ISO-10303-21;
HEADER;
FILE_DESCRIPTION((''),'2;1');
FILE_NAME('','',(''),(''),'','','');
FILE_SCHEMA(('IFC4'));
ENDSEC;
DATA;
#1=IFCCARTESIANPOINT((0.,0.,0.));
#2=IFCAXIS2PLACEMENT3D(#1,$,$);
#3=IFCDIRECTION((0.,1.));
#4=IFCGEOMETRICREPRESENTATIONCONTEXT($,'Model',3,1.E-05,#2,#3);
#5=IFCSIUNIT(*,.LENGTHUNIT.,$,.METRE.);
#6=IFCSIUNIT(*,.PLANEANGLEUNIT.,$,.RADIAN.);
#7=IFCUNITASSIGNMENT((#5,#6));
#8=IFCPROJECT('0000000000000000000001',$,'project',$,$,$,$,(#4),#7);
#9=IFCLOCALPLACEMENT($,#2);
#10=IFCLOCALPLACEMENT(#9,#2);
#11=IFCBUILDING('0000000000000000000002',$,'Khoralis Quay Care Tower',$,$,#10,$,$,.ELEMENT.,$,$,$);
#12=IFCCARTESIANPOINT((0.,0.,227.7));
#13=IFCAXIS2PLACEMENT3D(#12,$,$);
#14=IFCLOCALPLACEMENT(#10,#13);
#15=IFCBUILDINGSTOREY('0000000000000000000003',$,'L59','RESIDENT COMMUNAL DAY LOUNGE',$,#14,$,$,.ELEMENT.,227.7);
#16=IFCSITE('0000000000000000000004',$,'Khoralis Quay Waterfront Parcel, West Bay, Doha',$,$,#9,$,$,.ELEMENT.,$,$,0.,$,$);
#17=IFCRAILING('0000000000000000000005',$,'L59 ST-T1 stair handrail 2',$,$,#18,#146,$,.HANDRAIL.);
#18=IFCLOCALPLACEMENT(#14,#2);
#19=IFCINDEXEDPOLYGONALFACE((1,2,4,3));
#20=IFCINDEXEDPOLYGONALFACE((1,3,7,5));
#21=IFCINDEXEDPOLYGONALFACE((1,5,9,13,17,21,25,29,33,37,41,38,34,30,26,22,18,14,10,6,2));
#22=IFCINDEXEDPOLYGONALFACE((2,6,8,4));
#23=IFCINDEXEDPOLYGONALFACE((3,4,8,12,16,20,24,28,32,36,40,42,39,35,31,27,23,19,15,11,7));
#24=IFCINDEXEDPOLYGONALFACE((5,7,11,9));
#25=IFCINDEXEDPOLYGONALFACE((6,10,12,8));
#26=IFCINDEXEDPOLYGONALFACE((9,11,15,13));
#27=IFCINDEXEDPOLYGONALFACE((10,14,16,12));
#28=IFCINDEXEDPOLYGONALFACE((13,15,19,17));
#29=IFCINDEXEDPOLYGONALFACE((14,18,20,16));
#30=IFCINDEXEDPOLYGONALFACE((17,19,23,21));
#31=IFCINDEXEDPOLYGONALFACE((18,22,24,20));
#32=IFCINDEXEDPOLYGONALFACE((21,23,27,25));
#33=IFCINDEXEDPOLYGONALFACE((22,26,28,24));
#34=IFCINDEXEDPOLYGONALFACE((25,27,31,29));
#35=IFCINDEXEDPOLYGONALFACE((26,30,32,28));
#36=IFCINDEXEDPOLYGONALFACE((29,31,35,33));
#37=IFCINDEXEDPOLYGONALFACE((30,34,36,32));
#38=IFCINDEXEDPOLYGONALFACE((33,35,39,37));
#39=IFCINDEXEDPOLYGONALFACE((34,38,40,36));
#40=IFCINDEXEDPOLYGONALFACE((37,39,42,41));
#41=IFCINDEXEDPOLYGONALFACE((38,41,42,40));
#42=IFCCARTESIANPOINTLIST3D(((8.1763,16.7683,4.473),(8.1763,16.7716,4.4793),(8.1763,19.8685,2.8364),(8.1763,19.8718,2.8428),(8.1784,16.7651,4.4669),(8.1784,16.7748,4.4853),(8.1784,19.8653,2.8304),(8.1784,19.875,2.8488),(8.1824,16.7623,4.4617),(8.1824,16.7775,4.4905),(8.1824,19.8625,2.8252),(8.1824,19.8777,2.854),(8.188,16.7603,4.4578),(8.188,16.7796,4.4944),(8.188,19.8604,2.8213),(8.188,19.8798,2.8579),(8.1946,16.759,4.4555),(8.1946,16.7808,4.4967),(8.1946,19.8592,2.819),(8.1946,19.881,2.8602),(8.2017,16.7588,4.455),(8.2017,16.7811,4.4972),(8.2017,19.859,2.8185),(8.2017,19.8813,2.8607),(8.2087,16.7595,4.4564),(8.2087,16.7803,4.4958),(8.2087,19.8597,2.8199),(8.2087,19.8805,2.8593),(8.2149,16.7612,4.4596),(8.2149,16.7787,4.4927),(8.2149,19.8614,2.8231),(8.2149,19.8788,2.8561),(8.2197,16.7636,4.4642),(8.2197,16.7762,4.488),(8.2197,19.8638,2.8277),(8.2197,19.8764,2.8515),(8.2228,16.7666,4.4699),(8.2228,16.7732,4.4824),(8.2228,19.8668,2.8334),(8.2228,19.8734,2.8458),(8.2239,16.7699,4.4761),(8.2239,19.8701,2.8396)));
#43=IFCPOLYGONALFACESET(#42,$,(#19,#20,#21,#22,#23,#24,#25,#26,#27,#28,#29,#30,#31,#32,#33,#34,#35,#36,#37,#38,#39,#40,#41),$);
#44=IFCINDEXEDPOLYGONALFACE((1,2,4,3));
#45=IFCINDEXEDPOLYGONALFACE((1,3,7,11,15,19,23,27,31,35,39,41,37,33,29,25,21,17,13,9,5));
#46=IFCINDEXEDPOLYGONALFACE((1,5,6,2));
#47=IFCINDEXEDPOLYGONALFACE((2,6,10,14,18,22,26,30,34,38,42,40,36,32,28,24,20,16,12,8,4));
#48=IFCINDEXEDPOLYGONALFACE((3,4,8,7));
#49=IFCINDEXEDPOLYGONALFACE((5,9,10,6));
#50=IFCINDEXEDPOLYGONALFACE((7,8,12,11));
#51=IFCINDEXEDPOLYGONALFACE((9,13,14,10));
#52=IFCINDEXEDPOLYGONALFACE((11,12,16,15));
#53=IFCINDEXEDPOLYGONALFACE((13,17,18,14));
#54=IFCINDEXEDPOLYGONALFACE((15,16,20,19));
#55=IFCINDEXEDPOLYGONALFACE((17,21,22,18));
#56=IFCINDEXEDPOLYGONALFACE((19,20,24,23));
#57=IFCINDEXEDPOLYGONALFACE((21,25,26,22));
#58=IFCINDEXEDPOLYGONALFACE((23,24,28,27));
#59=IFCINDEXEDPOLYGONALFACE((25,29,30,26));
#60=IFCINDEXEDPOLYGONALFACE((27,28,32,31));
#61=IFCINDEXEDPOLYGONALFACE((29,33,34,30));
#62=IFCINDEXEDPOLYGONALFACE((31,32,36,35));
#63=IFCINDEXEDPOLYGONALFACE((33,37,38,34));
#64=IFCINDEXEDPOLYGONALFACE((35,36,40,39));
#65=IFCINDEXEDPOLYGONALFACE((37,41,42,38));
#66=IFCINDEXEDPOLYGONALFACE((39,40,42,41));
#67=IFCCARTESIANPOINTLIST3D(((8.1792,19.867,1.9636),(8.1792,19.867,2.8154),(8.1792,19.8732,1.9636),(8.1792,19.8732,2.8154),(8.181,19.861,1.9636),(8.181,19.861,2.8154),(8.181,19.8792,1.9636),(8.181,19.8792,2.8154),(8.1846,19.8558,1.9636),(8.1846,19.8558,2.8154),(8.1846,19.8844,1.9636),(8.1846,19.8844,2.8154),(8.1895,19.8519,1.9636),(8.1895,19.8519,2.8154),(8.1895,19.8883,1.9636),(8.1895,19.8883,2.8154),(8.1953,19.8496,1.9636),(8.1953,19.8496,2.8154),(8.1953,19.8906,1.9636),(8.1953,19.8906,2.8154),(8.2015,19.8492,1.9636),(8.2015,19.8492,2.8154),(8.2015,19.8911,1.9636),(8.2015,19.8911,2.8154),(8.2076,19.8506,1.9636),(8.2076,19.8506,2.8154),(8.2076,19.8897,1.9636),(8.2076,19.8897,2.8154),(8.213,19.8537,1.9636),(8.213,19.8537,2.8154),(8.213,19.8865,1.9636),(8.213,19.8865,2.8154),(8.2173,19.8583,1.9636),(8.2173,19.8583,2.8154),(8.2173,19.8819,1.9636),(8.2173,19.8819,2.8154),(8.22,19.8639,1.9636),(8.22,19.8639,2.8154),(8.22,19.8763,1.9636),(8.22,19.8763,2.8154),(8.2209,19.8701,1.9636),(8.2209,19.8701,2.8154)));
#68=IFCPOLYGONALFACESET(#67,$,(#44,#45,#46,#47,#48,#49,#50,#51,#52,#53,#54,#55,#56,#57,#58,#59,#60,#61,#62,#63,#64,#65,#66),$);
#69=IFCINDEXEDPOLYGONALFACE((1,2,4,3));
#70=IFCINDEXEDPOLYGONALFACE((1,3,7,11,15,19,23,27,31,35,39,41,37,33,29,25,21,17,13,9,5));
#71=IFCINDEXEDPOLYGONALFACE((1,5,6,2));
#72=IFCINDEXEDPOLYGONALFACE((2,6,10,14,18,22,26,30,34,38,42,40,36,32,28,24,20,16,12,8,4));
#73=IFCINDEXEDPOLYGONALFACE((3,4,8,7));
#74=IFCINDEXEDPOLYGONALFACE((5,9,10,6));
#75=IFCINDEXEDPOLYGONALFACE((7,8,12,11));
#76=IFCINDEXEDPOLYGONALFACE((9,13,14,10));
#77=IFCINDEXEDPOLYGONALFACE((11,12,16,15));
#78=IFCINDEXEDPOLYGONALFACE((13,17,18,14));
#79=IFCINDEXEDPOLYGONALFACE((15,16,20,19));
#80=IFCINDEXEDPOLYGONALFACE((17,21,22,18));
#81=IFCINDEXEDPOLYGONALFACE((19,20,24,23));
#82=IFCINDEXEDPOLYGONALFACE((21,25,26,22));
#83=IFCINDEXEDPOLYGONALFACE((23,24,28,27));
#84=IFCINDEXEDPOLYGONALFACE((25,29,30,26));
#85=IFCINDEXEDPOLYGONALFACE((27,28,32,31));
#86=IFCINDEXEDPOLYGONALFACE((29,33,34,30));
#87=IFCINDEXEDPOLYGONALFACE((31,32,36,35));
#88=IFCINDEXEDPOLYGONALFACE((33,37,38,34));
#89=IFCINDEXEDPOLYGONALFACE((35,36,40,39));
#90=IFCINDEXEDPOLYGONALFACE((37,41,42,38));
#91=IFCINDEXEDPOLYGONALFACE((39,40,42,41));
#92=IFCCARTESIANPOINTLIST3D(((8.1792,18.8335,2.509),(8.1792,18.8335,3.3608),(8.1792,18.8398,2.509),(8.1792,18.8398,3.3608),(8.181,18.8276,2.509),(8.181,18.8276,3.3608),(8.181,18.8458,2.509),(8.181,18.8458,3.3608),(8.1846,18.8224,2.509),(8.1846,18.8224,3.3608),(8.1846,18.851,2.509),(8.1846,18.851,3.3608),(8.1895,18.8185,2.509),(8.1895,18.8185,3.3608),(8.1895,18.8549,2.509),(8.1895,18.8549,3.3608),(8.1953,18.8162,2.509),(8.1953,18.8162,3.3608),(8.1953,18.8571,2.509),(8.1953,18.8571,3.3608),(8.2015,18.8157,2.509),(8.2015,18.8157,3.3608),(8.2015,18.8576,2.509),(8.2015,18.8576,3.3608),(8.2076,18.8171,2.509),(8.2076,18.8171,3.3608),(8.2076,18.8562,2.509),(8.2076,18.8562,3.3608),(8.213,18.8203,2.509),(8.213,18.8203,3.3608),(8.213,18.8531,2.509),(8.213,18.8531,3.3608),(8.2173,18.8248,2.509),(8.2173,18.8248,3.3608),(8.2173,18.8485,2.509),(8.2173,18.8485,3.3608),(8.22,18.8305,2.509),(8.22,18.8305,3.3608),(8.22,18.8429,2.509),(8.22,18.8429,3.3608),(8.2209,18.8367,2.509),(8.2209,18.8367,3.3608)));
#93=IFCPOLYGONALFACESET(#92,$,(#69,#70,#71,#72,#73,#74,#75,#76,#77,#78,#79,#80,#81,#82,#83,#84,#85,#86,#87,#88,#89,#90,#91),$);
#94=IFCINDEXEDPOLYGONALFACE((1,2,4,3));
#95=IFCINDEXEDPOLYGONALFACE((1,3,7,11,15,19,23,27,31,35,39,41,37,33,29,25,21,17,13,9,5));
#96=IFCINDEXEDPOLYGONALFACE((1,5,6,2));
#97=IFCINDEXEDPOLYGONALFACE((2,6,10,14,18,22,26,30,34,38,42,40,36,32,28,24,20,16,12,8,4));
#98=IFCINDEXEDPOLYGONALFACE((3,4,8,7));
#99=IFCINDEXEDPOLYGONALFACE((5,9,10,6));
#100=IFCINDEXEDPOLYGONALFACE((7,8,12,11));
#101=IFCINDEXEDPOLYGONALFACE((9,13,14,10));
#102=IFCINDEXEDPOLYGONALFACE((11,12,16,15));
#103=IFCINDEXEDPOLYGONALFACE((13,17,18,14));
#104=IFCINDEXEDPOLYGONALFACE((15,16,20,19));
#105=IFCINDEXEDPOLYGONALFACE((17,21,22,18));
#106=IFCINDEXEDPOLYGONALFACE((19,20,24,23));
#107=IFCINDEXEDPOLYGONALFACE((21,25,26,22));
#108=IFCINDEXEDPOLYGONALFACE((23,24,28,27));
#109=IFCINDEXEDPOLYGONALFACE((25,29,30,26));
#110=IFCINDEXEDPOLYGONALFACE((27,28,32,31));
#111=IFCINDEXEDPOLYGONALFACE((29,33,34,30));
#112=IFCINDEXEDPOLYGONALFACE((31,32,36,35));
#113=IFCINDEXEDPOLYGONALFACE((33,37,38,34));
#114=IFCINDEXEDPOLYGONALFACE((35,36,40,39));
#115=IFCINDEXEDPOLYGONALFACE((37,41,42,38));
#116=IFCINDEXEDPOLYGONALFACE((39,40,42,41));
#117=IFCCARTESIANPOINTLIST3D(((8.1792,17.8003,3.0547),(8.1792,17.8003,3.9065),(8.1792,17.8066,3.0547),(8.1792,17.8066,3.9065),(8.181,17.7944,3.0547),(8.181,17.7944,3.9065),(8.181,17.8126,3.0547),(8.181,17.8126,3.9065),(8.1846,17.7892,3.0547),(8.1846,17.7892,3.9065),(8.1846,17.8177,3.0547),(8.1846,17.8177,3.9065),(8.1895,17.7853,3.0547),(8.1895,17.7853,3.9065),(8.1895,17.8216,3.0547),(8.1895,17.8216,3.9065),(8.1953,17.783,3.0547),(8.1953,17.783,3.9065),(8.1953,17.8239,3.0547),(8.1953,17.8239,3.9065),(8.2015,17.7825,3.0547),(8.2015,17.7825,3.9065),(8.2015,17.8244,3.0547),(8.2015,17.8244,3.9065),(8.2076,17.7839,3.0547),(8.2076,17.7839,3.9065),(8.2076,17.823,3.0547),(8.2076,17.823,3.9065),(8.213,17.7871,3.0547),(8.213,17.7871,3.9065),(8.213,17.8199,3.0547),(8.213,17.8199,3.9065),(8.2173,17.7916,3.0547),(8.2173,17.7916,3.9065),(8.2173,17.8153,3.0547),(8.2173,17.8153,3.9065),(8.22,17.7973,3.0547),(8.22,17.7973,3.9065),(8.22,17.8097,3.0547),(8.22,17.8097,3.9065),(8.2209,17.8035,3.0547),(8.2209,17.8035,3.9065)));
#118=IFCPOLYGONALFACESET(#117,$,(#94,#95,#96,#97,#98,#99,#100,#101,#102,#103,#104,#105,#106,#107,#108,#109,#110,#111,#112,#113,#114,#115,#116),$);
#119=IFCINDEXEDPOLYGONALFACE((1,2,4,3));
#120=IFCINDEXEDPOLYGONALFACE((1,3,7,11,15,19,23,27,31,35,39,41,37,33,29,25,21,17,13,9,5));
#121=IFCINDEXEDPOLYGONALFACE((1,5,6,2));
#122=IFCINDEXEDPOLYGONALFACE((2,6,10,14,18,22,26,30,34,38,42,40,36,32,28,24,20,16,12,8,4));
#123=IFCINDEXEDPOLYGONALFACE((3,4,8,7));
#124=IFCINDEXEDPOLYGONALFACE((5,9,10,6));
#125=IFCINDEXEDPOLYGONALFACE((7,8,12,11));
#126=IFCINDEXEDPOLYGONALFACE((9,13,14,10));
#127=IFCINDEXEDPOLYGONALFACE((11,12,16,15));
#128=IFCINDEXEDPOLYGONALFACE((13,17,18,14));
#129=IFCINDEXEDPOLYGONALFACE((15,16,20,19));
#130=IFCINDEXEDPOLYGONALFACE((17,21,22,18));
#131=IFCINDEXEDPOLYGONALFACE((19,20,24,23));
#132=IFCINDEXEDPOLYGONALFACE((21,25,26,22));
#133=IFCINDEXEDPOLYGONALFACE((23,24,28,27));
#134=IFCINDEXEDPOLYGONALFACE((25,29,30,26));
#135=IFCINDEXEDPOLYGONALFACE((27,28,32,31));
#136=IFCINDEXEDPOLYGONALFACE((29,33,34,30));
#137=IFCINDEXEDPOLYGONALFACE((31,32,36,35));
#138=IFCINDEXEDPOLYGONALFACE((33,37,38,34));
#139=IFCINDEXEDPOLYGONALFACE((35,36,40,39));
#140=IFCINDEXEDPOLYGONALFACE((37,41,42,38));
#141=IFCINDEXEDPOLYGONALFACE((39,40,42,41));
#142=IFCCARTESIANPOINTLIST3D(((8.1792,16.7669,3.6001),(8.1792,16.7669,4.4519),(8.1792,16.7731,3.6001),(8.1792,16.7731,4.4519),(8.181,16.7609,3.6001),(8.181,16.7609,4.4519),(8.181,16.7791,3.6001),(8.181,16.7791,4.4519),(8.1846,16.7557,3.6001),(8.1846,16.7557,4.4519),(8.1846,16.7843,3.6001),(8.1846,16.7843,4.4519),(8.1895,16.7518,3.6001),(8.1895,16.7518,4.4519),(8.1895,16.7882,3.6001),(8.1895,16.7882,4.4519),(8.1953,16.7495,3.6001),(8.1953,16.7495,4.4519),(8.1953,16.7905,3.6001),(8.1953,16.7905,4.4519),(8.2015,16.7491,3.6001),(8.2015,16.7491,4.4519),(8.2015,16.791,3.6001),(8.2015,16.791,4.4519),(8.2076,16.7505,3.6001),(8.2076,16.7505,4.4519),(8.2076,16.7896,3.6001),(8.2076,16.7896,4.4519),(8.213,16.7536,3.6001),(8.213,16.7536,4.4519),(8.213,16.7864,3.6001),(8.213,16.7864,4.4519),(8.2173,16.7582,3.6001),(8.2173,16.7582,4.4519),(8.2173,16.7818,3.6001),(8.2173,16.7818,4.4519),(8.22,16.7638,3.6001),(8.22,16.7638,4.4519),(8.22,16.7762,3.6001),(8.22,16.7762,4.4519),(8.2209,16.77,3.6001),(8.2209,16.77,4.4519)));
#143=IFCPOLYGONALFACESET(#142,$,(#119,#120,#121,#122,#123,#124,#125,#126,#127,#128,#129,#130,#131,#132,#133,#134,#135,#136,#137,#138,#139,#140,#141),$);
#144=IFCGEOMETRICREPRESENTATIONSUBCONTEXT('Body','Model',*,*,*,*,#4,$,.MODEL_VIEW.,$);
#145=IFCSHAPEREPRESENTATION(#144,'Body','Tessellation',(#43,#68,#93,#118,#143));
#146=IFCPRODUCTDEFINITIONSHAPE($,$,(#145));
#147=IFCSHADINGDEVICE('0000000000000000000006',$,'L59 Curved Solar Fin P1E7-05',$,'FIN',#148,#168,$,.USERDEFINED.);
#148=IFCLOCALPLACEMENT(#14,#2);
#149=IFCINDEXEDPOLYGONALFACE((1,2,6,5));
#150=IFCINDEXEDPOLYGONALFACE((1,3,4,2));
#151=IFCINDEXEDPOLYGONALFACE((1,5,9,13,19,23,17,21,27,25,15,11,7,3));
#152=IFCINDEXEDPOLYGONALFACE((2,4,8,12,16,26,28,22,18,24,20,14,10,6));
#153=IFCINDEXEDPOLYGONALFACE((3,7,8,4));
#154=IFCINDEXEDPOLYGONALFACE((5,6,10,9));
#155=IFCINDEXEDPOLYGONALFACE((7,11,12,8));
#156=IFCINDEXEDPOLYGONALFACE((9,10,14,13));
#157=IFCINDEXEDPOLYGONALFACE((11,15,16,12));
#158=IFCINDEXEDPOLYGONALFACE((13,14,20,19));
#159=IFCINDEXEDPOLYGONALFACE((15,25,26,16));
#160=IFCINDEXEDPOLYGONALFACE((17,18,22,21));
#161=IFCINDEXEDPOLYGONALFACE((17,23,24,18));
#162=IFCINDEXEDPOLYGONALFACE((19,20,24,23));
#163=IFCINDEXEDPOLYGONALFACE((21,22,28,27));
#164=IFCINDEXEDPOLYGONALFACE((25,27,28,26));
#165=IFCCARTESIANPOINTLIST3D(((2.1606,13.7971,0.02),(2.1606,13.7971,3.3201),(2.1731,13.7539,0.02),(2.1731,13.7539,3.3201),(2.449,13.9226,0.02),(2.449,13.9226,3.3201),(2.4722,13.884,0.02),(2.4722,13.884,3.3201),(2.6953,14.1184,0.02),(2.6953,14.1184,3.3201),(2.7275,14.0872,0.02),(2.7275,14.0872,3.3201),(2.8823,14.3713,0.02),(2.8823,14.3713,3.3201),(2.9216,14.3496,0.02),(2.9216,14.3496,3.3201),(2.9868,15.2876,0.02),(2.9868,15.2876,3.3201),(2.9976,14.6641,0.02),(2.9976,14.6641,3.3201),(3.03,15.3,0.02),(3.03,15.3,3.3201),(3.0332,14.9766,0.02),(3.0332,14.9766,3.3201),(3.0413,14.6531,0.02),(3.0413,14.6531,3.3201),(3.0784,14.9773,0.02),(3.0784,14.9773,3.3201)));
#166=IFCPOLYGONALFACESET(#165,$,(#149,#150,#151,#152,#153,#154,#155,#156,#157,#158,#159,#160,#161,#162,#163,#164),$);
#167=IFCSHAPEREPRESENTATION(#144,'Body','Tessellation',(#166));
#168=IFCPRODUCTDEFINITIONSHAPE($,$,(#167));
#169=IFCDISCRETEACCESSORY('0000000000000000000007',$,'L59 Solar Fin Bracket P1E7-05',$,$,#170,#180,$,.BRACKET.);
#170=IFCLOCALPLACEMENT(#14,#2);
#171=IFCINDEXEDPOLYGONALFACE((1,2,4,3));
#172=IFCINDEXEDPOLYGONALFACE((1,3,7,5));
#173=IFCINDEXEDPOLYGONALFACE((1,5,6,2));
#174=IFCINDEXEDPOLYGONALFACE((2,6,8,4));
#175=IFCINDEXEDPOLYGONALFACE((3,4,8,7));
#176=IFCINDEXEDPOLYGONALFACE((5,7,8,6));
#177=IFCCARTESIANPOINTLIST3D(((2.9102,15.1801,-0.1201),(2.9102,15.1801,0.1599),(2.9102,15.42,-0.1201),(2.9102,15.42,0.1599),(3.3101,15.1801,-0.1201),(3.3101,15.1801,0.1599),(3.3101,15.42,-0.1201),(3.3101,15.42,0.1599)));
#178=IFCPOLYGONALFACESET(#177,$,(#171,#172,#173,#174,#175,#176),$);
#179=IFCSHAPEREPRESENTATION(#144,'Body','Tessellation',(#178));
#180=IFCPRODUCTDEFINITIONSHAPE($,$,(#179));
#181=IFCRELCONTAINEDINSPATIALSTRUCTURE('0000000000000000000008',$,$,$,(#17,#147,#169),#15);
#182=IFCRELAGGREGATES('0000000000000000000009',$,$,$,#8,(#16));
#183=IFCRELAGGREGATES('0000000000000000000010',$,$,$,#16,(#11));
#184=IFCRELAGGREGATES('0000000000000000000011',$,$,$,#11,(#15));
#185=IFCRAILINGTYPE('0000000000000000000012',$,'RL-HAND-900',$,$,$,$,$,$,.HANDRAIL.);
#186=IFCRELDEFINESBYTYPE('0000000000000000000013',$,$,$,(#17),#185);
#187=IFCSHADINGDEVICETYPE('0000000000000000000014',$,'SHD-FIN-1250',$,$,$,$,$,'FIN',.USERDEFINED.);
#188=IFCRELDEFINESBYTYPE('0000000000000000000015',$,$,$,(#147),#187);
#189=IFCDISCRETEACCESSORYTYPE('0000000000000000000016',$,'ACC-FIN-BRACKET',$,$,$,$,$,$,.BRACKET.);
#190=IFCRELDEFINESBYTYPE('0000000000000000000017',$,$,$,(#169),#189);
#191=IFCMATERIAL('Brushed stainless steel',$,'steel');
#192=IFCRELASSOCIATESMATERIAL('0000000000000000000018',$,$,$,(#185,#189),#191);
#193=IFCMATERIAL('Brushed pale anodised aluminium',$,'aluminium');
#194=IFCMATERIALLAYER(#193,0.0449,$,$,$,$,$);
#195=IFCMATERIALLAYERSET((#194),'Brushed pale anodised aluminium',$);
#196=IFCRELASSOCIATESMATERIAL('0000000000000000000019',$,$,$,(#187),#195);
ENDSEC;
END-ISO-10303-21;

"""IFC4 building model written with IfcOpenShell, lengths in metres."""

from ifc_helpers import new_model, si_unit, direction, frame, origin, origin_2d, place, context, subcontext, project, spatial, polyline, rectangle, circle, outline, extrude, source, transform, mapped, material, layer, layer_set, type_object, element, save


model = new_model("IFC4")

# Units and contexts
model_context = context("Model", 3, precision=1e-05, world=origin(), true_north=direction((0.0, 1.0)))
body_context = subcontext(model_context, "Body", "Model", "MODEL_VIEW")
ifc_project = project(units=[si_unit("LENGTHUNIT", "METRE"), si_unit("PLANEANGLEUNIT", "RADIAN")], contexts=[model_context])

# Site, building, storey
site_placement = place(None, origin())
site = spatial("IfcSite", under=ifc_project, at=site_placement, Name="Khoralis Quay Waterfront Parcel, West Bay, Doha", CompositionType="ELEMENT", RefElevation=0.0)
building_placement = place(site_placement, origin())
building = spatial("IfcBuilding", under=site, at=building_placement, Name="Khoralis Quay Care Tower", CompositionType="ELEMENT")
storey_placement = place(building_placement, frame((0.0, 0.0, 227.7)))
storey = spatial("IfcBuildingStorey", under=building, at=storey_placement, Name="L59", Description="RESIDENT COMMUNAL DAY LOUNGE", CompositionType="ELEMENT", Elevation=227.7)

# Shared definitions
ifc_material_1 = material(Name="Brushed stainless steel", Category="steel")

# Railing
railing_type = type_object("IfcRailingType", Name="RL-HAND-900", PredefinedType="HANDRAIL", material=ifc_material_1)
railing_placement = place(storey_placement, frame((8.2, 19.8701, 1.9636)))
element("IfcRailing", 1, at=railing_placement, inside=storey, type_object=railing_type, Name="L59 ST-T1 stair handrail 2", PredefinedType="HANDRAIL", context=body_context, shape_type="SweptSolid", body=[
    extrude(circle(Radius=0.0239, at=origin_2d()), frame((0.0, 0.0, 0.876), z_axis=(0.0, -0.884348, 0.466828), x_axis=(1.0, 0.0, 0.0)), (0.0, 0.0, 1.0), 3.5056),
    extrude(circle(Radius=0.021, at=origin_2d()), origin(), (0.0, 0.0, 1.0), 0.8518),
    extrude(circle(Radius=0.021, at=origin_2d()), frame((0.0, -1.0334, 0.5454)), (0.0, 0.0, 1.0), 0.8518),
    extrude(circle(Radius=0.021, at=origin_2d()), frame((0.0, -2.0667, 1.0911)), (0.0, 0.0, 1.0), 0.8518),
    extrude(circle(Radius=0.021, at=origin_2d()), frame((0.0, -3.1001, 1.6365)), (0.0, 0.0, 1.0), 0.8518),
])

# Shading device
ifc_material_2 = material(Name="Brushed pale anodised aluminium", Category="aluminium")
ifc_layer_1 = layer(ifc_material_2, 0.0449)
ifc_layer_set_1 = layer_set([ifc_layer_1], Name="Brushed pale anodised aluminium")
shading_device_type = type_object("IfcShadingDeviceType", Name="SHD-FIN-1250", ElementType="FIN", PredefinedType="USERDEFINED", material=ifc_layer_set_1)
shared_shape_1 = source(origin(), body_context, "Body", "SweptSolid", [
    extrude(outline(polyline([(0.0, 0.0), (-0.0483, 0.3228), (-0.0112, 0.647), (0.1084, 0.9504), (0.3025, 1.2129), (0.5579, 1.416), (0.8569, 1.5461), (0.8694, 1.5029), (0.5811, 1.3774), (0.3347, 1.1816), (0.1477, 0.9287), (0.0325, 0.636), (-0.0032, 0.3235), (0.0432, 0.0125), (0.0, 0.0)])), origin(), (0.0, 0.0, 1.0), 3.3),
])
shading_device_placement = place(storey_placement, frame((3.03, 15.3, 0.02), z_axis=(0.0, 0.0, 1.0), x_axis=(-1.0, 0.0, 0.0)))
element("IfcShadingDevice", 2, at=shading_device_placement, inside=storey, type_object=shading_device_type, Name="L59 Curved Solar Fin P1E7-05", ObjectType="FIN", PredefinedType="USERDEFINED", context=body_context, shape_type="MappedRepresentation", body=[
    mapped(shared_shape_1, transform((0.0, 0.0, 0.0), scale=1.0)),
])

# Discrete accessory
discrete_accessory_type = type_object("IfcDiscreteAccessoryType", Name="ACC-FIN-BRACKET", PredefinedType="BRACKET", material=ifc_material_1)
shared_shape_2 = source(origin(), body_context, "Body", "SweptSolid", [
    extrude(rectangle(XDim=0.3999, YDim=0.24, at=origin_2d()), origin(), (0.0, 0.0, 1.0), 0.28),
])
discrete_accessory_placement = place(storey_placement, frame((3.1101, 15.3, -0.1201), z_axis=(0.0, 0.0, 1.0), x_axis=(-1.0, 0.0, 0.0)))
element("IfcDiscreteAccessory", 3, at=discrete_accessory_placement, inside=storey, type_object=discrete_accessory_type, Name="L59 Solar Fin Bracket P1E7-05", PredefinedType="BRACKET", context=body_context, shape_type="MappedRepresentation", body=[
    mapped(shared_shape_2, transform((0.0, 0.0, 0.0), scale=1.0)),
])

save(model, "model.ifc")
